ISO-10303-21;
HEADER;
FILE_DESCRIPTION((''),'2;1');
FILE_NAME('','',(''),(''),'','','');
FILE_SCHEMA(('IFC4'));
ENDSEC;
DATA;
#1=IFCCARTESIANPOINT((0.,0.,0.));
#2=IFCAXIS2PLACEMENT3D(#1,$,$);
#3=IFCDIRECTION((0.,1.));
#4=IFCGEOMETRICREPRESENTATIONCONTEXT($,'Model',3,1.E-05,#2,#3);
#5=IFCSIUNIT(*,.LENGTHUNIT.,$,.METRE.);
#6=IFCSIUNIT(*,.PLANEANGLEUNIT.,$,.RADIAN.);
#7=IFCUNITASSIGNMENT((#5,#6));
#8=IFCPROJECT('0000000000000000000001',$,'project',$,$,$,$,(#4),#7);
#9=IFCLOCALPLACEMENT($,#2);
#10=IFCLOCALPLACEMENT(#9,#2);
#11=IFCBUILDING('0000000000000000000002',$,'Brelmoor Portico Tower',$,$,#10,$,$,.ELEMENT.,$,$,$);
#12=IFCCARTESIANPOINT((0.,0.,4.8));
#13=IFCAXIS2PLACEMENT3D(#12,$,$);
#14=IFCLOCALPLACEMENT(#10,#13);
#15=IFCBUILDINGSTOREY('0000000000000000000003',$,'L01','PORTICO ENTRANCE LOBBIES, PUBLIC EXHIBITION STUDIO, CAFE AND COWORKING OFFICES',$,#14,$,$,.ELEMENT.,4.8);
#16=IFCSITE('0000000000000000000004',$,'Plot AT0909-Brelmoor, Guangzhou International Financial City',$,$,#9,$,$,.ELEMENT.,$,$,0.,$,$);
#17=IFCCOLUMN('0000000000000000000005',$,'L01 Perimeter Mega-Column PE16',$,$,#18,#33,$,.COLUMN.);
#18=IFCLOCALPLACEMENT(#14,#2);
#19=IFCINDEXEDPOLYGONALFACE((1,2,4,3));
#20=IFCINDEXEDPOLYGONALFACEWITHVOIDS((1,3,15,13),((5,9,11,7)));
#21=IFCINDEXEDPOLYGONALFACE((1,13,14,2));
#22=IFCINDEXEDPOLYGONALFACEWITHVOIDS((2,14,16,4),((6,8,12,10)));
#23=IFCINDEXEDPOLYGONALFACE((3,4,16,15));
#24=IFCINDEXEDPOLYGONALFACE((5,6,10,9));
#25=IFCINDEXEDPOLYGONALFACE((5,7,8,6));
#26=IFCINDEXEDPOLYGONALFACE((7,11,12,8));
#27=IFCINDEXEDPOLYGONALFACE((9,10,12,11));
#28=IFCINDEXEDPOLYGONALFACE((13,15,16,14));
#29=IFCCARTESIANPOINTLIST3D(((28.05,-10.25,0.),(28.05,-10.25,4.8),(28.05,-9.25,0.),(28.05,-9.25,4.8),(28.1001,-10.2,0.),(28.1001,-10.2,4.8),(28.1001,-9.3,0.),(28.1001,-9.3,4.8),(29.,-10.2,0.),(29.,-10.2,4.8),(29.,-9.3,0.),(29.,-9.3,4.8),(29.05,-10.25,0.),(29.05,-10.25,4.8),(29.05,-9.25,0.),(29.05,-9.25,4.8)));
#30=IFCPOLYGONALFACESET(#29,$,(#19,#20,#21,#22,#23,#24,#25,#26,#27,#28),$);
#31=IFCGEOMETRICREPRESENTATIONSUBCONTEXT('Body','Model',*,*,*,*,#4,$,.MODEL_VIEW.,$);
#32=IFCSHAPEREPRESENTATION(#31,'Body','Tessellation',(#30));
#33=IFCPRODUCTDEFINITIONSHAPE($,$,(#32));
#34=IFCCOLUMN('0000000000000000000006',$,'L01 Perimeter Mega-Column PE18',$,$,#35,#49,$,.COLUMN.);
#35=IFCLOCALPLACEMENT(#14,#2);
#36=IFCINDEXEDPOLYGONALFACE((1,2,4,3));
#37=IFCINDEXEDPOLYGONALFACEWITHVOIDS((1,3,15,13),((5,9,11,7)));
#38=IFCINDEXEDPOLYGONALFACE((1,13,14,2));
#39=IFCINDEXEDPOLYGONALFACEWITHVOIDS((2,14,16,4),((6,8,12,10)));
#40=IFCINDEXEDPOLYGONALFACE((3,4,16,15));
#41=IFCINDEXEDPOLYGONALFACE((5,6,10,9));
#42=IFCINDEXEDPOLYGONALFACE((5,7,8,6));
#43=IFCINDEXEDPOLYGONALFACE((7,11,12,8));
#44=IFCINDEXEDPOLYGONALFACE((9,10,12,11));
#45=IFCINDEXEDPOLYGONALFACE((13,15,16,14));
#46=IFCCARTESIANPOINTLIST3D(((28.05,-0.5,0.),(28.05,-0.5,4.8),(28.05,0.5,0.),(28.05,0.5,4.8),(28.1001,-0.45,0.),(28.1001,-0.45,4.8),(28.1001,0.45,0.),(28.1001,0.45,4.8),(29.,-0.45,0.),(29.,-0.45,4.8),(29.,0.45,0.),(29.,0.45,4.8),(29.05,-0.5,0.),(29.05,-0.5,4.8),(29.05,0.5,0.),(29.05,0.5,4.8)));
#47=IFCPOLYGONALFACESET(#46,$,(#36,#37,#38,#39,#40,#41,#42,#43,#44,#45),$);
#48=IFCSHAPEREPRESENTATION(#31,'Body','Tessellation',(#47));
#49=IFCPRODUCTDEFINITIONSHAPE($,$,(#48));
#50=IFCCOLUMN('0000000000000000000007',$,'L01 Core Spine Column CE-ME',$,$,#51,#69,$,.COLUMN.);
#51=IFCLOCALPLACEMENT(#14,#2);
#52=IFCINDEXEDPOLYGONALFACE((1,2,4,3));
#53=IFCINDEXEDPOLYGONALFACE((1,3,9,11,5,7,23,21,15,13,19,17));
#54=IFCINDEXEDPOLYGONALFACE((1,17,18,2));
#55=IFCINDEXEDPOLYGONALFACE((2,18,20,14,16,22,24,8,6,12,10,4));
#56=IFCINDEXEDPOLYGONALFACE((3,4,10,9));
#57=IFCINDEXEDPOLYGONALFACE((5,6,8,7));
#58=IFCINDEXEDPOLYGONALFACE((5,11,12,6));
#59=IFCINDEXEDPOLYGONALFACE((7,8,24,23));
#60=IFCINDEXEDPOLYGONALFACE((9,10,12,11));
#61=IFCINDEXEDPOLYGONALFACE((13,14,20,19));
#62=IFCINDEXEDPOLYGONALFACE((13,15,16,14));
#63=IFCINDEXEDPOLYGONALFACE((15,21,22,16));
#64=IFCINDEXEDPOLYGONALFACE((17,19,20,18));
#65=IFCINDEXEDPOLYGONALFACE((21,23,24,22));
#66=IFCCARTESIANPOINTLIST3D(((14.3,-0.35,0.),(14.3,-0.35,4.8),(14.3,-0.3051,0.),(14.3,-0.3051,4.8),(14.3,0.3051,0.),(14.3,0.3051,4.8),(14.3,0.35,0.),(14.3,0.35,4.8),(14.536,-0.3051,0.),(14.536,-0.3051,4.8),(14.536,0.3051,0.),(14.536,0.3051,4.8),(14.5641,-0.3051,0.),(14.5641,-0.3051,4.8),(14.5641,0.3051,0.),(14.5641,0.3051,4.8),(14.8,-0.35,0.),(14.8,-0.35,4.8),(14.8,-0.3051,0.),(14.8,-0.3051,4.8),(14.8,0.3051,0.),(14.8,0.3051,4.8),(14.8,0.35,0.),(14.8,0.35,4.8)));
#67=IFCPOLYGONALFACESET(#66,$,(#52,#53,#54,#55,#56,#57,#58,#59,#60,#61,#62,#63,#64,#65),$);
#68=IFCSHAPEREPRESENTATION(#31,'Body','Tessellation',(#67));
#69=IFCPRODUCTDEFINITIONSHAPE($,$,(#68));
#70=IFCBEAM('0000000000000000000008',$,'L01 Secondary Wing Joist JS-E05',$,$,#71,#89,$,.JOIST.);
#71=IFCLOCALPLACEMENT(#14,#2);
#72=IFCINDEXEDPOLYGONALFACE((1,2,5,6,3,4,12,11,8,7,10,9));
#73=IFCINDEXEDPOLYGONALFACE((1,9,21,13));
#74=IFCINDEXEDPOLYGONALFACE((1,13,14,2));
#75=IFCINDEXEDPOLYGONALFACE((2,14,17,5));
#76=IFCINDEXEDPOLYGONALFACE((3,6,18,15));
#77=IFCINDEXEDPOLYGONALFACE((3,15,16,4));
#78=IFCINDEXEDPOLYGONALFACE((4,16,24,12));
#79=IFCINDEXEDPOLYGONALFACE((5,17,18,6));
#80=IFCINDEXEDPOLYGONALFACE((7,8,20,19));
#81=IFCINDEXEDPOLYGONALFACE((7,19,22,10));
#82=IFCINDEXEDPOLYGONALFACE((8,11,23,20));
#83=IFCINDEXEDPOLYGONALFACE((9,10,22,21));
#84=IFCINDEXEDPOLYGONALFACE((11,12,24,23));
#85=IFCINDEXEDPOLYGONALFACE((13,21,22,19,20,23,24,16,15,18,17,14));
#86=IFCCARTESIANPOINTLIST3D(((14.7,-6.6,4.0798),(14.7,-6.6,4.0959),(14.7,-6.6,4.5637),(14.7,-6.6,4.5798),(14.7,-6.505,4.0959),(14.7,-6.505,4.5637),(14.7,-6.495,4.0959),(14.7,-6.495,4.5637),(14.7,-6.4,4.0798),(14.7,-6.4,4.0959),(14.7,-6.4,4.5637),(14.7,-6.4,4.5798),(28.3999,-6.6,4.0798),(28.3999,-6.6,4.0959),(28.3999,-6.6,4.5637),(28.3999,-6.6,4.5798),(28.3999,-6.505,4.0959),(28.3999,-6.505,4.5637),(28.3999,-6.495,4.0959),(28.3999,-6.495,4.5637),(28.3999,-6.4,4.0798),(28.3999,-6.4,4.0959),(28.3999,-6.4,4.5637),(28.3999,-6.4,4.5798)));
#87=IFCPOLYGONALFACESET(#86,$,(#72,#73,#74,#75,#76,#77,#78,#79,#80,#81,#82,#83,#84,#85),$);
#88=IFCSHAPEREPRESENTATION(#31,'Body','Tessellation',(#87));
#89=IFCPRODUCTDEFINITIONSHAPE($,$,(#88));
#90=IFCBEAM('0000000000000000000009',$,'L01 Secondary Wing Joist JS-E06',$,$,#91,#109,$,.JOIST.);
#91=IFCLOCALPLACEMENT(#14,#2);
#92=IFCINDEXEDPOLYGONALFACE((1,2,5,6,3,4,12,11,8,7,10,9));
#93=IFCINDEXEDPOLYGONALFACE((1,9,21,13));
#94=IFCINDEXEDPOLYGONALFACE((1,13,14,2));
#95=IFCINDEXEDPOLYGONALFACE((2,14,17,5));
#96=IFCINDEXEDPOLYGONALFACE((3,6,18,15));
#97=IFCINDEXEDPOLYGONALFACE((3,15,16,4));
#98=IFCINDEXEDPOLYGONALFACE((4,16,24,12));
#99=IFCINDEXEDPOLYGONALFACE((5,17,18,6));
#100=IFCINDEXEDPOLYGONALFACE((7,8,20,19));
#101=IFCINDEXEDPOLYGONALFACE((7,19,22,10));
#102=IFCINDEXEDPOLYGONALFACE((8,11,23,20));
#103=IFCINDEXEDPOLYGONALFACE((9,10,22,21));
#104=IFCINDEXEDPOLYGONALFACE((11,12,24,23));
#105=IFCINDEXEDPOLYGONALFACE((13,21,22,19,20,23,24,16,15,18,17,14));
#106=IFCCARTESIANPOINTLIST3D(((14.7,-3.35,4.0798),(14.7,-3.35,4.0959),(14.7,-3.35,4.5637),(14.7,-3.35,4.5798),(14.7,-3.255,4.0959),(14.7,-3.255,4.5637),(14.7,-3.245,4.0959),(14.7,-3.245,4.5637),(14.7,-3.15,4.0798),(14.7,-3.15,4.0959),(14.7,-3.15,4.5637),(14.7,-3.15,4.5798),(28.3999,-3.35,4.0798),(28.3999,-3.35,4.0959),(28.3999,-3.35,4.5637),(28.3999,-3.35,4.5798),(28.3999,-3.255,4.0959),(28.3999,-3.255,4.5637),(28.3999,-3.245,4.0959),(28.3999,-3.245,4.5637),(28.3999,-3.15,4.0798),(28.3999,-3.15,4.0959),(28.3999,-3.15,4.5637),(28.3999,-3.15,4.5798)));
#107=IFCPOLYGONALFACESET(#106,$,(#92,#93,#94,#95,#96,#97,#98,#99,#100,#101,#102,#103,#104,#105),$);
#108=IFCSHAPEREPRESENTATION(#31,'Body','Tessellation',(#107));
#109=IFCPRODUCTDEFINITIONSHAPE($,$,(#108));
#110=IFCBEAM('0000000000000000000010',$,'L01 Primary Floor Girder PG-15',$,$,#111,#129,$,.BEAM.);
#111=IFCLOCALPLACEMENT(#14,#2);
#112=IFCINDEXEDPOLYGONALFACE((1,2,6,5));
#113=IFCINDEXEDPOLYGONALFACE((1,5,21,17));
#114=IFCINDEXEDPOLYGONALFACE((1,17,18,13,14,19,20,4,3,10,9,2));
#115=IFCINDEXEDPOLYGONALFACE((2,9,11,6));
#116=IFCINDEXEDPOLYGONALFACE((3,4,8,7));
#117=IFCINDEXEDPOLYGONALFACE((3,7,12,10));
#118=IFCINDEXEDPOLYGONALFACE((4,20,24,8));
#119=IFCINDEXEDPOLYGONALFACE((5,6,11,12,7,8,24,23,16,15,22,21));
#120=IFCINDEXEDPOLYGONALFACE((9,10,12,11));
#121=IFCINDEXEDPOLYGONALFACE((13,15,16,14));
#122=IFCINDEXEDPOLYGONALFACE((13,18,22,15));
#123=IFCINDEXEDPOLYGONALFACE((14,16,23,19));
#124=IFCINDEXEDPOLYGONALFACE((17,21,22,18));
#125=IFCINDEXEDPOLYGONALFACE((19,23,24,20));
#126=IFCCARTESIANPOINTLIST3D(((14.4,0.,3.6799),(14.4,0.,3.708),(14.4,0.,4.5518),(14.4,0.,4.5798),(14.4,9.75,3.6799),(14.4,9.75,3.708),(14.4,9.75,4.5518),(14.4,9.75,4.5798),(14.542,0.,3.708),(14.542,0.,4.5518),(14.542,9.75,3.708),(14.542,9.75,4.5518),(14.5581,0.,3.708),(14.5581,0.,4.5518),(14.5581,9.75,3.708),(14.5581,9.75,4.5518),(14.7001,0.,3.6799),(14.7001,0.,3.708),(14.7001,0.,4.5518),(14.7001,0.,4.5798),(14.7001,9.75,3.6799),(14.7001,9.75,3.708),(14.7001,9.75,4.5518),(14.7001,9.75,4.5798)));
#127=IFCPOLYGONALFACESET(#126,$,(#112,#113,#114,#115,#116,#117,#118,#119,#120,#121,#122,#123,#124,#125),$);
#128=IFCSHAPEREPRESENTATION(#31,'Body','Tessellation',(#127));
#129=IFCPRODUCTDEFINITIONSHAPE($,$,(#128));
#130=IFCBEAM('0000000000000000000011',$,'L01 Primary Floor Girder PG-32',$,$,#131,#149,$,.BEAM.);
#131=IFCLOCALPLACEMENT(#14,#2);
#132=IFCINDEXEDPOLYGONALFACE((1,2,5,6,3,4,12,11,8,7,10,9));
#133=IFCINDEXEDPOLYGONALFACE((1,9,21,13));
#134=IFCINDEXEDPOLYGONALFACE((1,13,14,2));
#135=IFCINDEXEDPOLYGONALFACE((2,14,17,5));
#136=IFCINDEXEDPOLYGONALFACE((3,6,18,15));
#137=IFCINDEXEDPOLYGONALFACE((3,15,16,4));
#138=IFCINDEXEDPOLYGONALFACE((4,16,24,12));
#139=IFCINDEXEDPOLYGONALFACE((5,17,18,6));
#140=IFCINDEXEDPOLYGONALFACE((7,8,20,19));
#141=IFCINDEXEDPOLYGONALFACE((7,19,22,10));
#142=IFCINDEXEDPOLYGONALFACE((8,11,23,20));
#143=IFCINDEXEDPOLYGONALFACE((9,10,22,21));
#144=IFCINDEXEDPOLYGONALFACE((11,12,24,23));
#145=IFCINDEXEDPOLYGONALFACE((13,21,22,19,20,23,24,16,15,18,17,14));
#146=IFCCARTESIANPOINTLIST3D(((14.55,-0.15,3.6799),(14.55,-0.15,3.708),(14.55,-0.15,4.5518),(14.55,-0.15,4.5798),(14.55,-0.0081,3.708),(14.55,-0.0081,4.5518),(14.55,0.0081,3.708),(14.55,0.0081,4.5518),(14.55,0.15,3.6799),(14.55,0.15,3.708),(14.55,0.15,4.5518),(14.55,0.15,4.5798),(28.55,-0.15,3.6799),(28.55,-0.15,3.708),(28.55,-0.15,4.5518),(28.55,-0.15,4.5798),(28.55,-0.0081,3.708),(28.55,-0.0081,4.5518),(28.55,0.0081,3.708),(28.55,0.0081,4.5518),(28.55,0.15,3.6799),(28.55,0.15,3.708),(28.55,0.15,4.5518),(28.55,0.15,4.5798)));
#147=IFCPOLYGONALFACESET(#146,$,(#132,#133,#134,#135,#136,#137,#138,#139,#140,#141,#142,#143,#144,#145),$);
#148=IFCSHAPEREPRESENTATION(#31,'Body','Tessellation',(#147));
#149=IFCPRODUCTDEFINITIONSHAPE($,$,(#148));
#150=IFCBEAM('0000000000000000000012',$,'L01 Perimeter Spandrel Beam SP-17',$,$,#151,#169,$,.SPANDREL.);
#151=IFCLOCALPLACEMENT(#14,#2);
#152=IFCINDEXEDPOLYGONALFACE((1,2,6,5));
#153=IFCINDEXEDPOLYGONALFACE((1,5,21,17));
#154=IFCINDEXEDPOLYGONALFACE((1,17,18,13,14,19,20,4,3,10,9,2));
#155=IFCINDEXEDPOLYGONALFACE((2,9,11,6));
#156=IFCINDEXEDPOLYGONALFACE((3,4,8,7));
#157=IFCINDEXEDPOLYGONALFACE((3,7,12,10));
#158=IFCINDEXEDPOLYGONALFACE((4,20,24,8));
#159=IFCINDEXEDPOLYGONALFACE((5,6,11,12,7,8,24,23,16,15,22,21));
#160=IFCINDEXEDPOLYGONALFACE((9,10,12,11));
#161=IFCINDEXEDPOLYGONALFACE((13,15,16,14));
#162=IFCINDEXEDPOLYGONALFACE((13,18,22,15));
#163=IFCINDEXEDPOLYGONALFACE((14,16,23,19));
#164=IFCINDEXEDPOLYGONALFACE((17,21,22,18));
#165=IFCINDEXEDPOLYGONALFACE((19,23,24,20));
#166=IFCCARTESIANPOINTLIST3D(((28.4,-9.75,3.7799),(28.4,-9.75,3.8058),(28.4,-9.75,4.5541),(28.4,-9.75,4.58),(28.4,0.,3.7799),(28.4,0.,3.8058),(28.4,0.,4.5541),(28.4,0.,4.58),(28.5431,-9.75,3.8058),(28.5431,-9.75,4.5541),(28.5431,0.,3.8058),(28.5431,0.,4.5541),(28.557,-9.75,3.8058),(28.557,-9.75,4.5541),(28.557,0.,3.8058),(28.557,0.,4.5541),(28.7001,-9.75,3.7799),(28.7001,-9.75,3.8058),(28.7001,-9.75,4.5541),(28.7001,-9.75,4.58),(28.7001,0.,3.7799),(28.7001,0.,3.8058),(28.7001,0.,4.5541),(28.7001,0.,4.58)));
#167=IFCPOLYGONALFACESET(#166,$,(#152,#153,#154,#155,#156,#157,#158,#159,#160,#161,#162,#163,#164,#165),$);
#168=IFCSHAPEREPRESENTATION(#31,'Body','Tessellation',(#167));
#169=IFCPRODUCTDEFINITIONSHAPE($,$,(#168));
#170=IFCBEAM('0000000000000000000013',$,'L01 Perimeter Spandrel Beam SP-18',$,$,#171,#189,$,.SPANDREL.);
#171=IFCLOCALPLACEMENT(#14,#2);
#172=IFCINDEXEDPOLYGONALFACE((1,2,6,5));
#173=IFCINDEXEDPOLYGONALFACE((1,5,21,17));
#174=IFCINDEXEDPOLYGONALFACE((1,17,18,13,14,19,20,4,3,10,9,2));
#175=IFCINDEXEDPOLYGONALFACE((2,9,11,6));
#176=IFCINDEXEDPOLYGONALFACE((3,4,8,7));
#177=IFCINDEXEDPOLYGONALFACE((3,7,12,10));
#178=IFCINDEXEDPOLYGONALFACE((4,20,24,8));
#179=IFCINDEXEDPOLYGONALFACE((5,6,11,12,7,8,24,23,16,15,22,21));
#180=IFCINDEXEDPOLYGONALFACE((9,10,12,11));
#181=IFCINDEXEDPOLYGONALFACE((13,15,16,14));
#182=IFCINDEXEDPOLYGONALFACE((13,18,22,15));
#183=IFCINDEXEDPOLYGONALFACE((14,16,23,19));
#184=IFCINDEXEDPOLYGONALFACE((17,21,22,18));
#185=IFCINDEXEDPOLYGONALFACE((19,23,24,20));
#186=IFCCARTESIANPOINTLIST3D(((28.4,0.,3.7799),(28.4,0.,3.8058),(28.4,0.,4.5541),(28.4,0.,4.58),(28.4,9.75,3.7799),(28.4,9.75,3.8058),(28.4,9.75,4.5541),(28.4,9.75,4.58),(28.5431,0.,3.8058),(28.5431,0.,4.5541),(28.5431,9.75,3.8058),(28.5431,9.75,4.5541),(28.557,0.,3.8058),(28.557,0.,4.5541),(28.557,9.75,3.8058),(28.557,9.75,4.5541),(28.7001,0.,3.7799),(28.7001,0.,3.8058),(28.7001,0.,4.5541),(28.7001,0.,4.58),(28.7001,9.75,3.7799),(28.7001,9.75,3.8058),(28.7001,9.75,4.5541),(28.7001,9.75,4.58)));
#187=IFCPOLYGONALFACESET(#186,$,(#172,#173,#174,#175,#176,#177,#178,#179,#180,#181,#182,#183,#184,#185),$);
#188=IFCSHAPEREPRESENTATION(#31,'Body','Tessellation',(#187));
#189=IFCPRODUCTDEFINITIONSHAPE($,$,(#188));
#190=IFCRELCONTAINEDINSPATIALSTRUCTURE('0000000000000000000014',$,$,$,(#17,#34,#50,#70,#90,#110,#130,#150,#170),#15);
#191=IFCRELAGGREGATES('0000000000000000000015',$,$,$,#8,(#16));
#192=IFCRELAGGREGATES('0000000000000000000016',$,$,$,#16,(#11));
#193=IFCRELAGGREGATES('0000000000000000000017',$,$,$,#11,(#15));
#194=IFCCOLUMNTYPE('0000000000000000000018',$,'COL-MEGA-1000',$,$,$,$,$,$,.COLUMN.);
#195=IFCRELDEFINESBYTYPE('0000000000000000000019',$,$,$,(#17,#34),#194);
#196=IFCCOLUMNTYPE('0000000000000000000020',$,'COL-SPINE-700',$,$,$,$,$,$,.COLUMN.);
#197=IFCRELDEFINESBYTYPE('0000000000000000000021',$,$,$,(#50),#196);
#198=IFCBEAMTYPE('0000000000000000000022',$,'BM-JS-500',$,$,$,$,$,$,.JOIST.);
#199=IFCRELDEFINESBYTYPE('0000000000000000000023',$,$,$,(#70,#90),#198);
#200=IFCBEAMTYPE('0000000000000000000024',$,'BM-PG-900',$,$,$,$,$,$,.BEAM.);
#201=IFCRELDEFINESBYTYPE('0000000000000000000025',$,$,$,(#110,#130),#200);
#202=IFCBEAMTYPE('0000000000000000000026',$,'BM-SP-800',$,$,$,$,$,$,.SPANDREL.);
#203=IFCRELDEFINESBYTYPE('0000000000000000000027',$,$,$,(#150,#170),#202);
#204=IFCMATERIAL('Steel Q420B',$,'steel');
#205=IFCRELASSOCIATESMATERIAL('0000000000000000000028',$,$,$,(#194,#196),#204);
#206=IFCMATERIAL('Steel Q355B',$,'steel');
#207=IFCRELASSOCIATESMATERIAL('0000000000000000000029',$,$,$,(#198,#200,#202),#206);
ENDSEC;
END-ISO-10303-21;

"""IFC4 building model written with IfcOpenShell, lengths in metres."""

from ifc_helpers import new_model, si_unit, direction, frame, origin, origin_2d, place, context, subcontext, project, spatial, hollow_rectangle, i_section, extrude, material, material_profile, profile_set, type_object, element, save


model = new_model("IFC4")

# Units and contexts
model_context = context("Model", 3, precision=1e-05, world=origin(), true_north=direction((0.0, 1.0)))
body_context = subcontext(model_context, "Body", "Model", "MODEL_VIEW")
ifc_project = project(units=[si_unit("LENGTHUNIT", "METRE"), si_unit("PLANEANGLEUNIT", "RADIAN")], contexts=[model_context])

# Site, building, storey
site_placement = place(None, origin())
site = spatial("IfcSite", under=ifc_project, at=site_placement, Name="Plot AT0909-Brelmoor, Guangzhou International Financial City", CompositionType="ELEMENT", RefElevation=0.0)
building_placement = place(site_placement, origin())
building = spatial("IfcBuilding", under=site, at=building_placement, Name="Brelmoor Portico Tower", CompositionType="ELEMENT")
storey_placement = place(building_placement, frame((0.0, 0.0, 4.8)))
storey = spatial("IfcBuildingStorey", under=building, at=storey_placement, Name="L01", Description="PORTICO ENTRANCE LOBBIES, PUBLIC EXHIBITION STUDIO, CAFE AND COWORKING OFFICES", CompositionType="ELEMENT", Elevation=4.8)

# Columns
ifc_material_1 = material(Name="Steel Q420B", Category="steel")
ifc_material_profile_1 = material_profile(ifc_material_1, hollow_rectangle(XDim=1.0, YDim=1.0, WallThickness=0.05, at=origin_2d()), Name="BOX 1000x1000x50")
ifc_profile_set_1 = profile_set([ifc_material_profile_1], Name="Steel Q420B")
column_type_1 = type_object("IfcColumnType", Name="COL-MEGA-1000", PredefinedType="COLUMN", material=ifc_profile_set_1)
for number, where, z_axis, x_axis, name in (
    (1, (28.55, -9.75, 0.0), (0.0, 0.0, 1.0), (0.0, 1.0, 0.0), "L01 Perimeter Mega-Column PE16"),
    (2, (28.55, 0.0, 0.0), (0.0, 0.0, 1.0), (0.0, 1.0, 0.0), "L01 Perimeter Mega-Column PE18"),
):
    element("IfcColumn", number, at=place(storey_placement, frame(where, z_axis=z_axis, x_axis=x_axis)), inside=storey, type_object=column_type_1, Name=name, PredefinedType="COLUMN", context=body_context, shape_type="SweptSolid", body=[
        extrude(hollow_rectangle(XDim=1.0, YDim=1.0, WallThickness=0.05, at=origin_2d()), origin(), (0.0, 0.0, 1.0), 4.8),
    ])
ifc_material_profile_2 = material_profile(ifc_material_1, i_section(OverallWidth=0.5, OverallDepth=0.7, WebThickness=0.0281, FlangeThickness=0.0449, at=origin_2d()), Name="HW 700x500x28x45")
ifc_profile_set_2 = profile_set([ifc_material_profile_2], Name="Steel Q420B")
column_type_2 = type_object("IfcColumnType", Name="COL-SPINE-700", PredefinedType="COLUMN", material=ifc_profile_set_2)
column_placement = place(storey_placement, frame((14.55, 0.0, 0.0), z_axis=(0.0, 0.0, 1.0), x_axis=(1.0, 0.0, 0.0)))
element("IfcColumn", 3, at=column_placement, inside=storey, type_object=column_type_2, Name="L01 Core Spine Column CE-ME", PredefinedType="COLUMN", context=body_context, shape_type="SweptSolid", body=[
    extrude(i_section(OverallWidth=0.5, OverallDepth=0.7, WebThickness=0.0281, FlangeThickness=0.0449, at=origin_2d()), origin(), (0.0, 0.0, 1.0), 4.8),
])

# Beams
ifc_material_2 = material(Name="Steel Q355B", Category="steel")
ifc_material_profile_3 = material_profile(ifc_material_2, i_section(OverallWidth=0.2, OverallDepth=0.5, WebThickness=0.01, FlangeThickness=0.0161, at=origin_2d()), Name="HN 500x200x10x16")
ifc_profile_set_3 = profile_set([ifc_material_profile_3], Name="Steel Q355B")
beam_type_1 = type_object("IfcBeamType", Name="BM-JS-500", PredefinedType="JOIST", material=ifc_profile_set_3)
for number, where, z_axis, x_axis, name in (
    (4, (14.7, -6.5, 4.3298), (1.0, 0.0, 0.0), (0.0, 1.0, 0.0), "L01 Secondary Wing Joist JS-E05"),
    (5, (14.7, -3.25, 4.3298), (1.0, 0.0, 0.0), (0.0, 1.0, 0.0), "L01 Secondary Wing Joist JS-E06"),
):
    element("IfcBeam", number, at=place(storey_placement, frame(where, z_axis=z_axis, x_axis=x_axis)), inside=storey, type_object=beam_type_1, Name=name, PredefinedType="JOIST", context=body_context, shape_type="SweptSolid", body=[
        extrude(i_section(OverallWidth=0.2, OverallDepth=0.5, WebThickness=0.01, FlangeThickness=0.0161, at=origin_2d()), origin(), (0.0, 0.0, 1.0), 13.7),
    ])
ifc_material_profile_4 = material_profile(ifc_material_2, i_section(OverallWidth=0.3, OverallDepth=0.8999, WebThickness=0.0161, FlangeThickness=0.0281, at=origin_2d()), Name="HN 900x300x16x28")
ifc_profile_set_4 = profile_set([ifc_material_profile_4], Name="Steel Q355B")
beam_type_2 = type_object("IfcBeamType", Name="BM-PG-900", PredefinedType="BEAM", material=ifc_profile_set_4)
beam_1_placement = place(storey_placement, frame((14.55, 0.0, 4.1299), z_axis=(0.0, 1.0, 0.0), x_axis=(-1.0, 0.0, 0.0)))
element("IfcBeam", 6, at=beam_1_placement, inside=storey, type_object=beam_type_2, Name="L01 Primary Floor Girder PG-15", PredefinedType="BEAM", context=body_context, shape_type="SweptSolid", body=[
    extrude(i_section(OverallWidth=0.3, OverallDepth=0.8999, WebThickness=0.0161, FlangeThickness=0.0281, at=origin_2d()), origin(), (0.0, 0.0, 1.0), 9.75),
])
beam_2_placement = place(storey_placement, frame((14.55, 0.0, 4.1299), z_axis=(1.0, 0.0, 0.0), x_axis=(0.0, 1.0, 0.0)))
element("IfcBeam", 7, at=beam_2_placement, inside=storey, type_object=beam_type_2, Name="L01 Primary Floor Girder PG-32", PredefinedType="BEAM", context=body_context, shape_type="SweptSolid", body=[
    extrude(i_section(OverallWidth=0.3, OverallDepth=0.8999, WebThickness=0.0161, FlangeThickness=0.0281, at=origin_2d()), origin(), (0.0, 0.0, 1.0), 14.0),
])
ifc_material_profile_5 = material_profile(ifc_material_2, i_section(OverallWidth=0.3, OverallDepth=0.8, WebThickness=0.0139, FlangeThickness=0.0259, at=origin_2d()), Name="HN 800x300x14x26")
ifc_profile_set_5 = profile_set([ifc_material_profile_5], Name="Steel Q355B")
beam_type_3 = type_object("IfcBeamType", Name="BM-SP-800", PredefinedType="SPANDREL", material=ifc_profile_set_5)
for number, where, z_axis, x_axis, name in (
    (8, (28.55, -9.75, 4.1799), (0.0, 1.0, 0.0), (-1.0, 0.0, 0.0), "L01 Perimeter Spandrel Beam SP-17"),
    (9, (28.55, 0.0, 4.1799), (0.0, 1.0, 0.0), (-1.0, 0.0, 0.0), "L01 Perimeter Spandrel Beam SP-18"),
):
    element("IfcBeam", number, at=place(storey_placement, frame(where, z_axis=z_axis, x_axis=x_axis)), inside=storey, type_object=beam_type_3, Name=name, PredefinedType="SPANDREL", context=body_context, shape_type="SweptSolid", body=[
        extrude(i_section(OverallWidth=0.3, OverallDepth=0.8, WebThickness=0.0139, FlangeThickness=0.0259, at=origin_2d()), origin(), (0.0, 0.0, 1.0), 9.75),
    ])

save(model, "model.ifc")
